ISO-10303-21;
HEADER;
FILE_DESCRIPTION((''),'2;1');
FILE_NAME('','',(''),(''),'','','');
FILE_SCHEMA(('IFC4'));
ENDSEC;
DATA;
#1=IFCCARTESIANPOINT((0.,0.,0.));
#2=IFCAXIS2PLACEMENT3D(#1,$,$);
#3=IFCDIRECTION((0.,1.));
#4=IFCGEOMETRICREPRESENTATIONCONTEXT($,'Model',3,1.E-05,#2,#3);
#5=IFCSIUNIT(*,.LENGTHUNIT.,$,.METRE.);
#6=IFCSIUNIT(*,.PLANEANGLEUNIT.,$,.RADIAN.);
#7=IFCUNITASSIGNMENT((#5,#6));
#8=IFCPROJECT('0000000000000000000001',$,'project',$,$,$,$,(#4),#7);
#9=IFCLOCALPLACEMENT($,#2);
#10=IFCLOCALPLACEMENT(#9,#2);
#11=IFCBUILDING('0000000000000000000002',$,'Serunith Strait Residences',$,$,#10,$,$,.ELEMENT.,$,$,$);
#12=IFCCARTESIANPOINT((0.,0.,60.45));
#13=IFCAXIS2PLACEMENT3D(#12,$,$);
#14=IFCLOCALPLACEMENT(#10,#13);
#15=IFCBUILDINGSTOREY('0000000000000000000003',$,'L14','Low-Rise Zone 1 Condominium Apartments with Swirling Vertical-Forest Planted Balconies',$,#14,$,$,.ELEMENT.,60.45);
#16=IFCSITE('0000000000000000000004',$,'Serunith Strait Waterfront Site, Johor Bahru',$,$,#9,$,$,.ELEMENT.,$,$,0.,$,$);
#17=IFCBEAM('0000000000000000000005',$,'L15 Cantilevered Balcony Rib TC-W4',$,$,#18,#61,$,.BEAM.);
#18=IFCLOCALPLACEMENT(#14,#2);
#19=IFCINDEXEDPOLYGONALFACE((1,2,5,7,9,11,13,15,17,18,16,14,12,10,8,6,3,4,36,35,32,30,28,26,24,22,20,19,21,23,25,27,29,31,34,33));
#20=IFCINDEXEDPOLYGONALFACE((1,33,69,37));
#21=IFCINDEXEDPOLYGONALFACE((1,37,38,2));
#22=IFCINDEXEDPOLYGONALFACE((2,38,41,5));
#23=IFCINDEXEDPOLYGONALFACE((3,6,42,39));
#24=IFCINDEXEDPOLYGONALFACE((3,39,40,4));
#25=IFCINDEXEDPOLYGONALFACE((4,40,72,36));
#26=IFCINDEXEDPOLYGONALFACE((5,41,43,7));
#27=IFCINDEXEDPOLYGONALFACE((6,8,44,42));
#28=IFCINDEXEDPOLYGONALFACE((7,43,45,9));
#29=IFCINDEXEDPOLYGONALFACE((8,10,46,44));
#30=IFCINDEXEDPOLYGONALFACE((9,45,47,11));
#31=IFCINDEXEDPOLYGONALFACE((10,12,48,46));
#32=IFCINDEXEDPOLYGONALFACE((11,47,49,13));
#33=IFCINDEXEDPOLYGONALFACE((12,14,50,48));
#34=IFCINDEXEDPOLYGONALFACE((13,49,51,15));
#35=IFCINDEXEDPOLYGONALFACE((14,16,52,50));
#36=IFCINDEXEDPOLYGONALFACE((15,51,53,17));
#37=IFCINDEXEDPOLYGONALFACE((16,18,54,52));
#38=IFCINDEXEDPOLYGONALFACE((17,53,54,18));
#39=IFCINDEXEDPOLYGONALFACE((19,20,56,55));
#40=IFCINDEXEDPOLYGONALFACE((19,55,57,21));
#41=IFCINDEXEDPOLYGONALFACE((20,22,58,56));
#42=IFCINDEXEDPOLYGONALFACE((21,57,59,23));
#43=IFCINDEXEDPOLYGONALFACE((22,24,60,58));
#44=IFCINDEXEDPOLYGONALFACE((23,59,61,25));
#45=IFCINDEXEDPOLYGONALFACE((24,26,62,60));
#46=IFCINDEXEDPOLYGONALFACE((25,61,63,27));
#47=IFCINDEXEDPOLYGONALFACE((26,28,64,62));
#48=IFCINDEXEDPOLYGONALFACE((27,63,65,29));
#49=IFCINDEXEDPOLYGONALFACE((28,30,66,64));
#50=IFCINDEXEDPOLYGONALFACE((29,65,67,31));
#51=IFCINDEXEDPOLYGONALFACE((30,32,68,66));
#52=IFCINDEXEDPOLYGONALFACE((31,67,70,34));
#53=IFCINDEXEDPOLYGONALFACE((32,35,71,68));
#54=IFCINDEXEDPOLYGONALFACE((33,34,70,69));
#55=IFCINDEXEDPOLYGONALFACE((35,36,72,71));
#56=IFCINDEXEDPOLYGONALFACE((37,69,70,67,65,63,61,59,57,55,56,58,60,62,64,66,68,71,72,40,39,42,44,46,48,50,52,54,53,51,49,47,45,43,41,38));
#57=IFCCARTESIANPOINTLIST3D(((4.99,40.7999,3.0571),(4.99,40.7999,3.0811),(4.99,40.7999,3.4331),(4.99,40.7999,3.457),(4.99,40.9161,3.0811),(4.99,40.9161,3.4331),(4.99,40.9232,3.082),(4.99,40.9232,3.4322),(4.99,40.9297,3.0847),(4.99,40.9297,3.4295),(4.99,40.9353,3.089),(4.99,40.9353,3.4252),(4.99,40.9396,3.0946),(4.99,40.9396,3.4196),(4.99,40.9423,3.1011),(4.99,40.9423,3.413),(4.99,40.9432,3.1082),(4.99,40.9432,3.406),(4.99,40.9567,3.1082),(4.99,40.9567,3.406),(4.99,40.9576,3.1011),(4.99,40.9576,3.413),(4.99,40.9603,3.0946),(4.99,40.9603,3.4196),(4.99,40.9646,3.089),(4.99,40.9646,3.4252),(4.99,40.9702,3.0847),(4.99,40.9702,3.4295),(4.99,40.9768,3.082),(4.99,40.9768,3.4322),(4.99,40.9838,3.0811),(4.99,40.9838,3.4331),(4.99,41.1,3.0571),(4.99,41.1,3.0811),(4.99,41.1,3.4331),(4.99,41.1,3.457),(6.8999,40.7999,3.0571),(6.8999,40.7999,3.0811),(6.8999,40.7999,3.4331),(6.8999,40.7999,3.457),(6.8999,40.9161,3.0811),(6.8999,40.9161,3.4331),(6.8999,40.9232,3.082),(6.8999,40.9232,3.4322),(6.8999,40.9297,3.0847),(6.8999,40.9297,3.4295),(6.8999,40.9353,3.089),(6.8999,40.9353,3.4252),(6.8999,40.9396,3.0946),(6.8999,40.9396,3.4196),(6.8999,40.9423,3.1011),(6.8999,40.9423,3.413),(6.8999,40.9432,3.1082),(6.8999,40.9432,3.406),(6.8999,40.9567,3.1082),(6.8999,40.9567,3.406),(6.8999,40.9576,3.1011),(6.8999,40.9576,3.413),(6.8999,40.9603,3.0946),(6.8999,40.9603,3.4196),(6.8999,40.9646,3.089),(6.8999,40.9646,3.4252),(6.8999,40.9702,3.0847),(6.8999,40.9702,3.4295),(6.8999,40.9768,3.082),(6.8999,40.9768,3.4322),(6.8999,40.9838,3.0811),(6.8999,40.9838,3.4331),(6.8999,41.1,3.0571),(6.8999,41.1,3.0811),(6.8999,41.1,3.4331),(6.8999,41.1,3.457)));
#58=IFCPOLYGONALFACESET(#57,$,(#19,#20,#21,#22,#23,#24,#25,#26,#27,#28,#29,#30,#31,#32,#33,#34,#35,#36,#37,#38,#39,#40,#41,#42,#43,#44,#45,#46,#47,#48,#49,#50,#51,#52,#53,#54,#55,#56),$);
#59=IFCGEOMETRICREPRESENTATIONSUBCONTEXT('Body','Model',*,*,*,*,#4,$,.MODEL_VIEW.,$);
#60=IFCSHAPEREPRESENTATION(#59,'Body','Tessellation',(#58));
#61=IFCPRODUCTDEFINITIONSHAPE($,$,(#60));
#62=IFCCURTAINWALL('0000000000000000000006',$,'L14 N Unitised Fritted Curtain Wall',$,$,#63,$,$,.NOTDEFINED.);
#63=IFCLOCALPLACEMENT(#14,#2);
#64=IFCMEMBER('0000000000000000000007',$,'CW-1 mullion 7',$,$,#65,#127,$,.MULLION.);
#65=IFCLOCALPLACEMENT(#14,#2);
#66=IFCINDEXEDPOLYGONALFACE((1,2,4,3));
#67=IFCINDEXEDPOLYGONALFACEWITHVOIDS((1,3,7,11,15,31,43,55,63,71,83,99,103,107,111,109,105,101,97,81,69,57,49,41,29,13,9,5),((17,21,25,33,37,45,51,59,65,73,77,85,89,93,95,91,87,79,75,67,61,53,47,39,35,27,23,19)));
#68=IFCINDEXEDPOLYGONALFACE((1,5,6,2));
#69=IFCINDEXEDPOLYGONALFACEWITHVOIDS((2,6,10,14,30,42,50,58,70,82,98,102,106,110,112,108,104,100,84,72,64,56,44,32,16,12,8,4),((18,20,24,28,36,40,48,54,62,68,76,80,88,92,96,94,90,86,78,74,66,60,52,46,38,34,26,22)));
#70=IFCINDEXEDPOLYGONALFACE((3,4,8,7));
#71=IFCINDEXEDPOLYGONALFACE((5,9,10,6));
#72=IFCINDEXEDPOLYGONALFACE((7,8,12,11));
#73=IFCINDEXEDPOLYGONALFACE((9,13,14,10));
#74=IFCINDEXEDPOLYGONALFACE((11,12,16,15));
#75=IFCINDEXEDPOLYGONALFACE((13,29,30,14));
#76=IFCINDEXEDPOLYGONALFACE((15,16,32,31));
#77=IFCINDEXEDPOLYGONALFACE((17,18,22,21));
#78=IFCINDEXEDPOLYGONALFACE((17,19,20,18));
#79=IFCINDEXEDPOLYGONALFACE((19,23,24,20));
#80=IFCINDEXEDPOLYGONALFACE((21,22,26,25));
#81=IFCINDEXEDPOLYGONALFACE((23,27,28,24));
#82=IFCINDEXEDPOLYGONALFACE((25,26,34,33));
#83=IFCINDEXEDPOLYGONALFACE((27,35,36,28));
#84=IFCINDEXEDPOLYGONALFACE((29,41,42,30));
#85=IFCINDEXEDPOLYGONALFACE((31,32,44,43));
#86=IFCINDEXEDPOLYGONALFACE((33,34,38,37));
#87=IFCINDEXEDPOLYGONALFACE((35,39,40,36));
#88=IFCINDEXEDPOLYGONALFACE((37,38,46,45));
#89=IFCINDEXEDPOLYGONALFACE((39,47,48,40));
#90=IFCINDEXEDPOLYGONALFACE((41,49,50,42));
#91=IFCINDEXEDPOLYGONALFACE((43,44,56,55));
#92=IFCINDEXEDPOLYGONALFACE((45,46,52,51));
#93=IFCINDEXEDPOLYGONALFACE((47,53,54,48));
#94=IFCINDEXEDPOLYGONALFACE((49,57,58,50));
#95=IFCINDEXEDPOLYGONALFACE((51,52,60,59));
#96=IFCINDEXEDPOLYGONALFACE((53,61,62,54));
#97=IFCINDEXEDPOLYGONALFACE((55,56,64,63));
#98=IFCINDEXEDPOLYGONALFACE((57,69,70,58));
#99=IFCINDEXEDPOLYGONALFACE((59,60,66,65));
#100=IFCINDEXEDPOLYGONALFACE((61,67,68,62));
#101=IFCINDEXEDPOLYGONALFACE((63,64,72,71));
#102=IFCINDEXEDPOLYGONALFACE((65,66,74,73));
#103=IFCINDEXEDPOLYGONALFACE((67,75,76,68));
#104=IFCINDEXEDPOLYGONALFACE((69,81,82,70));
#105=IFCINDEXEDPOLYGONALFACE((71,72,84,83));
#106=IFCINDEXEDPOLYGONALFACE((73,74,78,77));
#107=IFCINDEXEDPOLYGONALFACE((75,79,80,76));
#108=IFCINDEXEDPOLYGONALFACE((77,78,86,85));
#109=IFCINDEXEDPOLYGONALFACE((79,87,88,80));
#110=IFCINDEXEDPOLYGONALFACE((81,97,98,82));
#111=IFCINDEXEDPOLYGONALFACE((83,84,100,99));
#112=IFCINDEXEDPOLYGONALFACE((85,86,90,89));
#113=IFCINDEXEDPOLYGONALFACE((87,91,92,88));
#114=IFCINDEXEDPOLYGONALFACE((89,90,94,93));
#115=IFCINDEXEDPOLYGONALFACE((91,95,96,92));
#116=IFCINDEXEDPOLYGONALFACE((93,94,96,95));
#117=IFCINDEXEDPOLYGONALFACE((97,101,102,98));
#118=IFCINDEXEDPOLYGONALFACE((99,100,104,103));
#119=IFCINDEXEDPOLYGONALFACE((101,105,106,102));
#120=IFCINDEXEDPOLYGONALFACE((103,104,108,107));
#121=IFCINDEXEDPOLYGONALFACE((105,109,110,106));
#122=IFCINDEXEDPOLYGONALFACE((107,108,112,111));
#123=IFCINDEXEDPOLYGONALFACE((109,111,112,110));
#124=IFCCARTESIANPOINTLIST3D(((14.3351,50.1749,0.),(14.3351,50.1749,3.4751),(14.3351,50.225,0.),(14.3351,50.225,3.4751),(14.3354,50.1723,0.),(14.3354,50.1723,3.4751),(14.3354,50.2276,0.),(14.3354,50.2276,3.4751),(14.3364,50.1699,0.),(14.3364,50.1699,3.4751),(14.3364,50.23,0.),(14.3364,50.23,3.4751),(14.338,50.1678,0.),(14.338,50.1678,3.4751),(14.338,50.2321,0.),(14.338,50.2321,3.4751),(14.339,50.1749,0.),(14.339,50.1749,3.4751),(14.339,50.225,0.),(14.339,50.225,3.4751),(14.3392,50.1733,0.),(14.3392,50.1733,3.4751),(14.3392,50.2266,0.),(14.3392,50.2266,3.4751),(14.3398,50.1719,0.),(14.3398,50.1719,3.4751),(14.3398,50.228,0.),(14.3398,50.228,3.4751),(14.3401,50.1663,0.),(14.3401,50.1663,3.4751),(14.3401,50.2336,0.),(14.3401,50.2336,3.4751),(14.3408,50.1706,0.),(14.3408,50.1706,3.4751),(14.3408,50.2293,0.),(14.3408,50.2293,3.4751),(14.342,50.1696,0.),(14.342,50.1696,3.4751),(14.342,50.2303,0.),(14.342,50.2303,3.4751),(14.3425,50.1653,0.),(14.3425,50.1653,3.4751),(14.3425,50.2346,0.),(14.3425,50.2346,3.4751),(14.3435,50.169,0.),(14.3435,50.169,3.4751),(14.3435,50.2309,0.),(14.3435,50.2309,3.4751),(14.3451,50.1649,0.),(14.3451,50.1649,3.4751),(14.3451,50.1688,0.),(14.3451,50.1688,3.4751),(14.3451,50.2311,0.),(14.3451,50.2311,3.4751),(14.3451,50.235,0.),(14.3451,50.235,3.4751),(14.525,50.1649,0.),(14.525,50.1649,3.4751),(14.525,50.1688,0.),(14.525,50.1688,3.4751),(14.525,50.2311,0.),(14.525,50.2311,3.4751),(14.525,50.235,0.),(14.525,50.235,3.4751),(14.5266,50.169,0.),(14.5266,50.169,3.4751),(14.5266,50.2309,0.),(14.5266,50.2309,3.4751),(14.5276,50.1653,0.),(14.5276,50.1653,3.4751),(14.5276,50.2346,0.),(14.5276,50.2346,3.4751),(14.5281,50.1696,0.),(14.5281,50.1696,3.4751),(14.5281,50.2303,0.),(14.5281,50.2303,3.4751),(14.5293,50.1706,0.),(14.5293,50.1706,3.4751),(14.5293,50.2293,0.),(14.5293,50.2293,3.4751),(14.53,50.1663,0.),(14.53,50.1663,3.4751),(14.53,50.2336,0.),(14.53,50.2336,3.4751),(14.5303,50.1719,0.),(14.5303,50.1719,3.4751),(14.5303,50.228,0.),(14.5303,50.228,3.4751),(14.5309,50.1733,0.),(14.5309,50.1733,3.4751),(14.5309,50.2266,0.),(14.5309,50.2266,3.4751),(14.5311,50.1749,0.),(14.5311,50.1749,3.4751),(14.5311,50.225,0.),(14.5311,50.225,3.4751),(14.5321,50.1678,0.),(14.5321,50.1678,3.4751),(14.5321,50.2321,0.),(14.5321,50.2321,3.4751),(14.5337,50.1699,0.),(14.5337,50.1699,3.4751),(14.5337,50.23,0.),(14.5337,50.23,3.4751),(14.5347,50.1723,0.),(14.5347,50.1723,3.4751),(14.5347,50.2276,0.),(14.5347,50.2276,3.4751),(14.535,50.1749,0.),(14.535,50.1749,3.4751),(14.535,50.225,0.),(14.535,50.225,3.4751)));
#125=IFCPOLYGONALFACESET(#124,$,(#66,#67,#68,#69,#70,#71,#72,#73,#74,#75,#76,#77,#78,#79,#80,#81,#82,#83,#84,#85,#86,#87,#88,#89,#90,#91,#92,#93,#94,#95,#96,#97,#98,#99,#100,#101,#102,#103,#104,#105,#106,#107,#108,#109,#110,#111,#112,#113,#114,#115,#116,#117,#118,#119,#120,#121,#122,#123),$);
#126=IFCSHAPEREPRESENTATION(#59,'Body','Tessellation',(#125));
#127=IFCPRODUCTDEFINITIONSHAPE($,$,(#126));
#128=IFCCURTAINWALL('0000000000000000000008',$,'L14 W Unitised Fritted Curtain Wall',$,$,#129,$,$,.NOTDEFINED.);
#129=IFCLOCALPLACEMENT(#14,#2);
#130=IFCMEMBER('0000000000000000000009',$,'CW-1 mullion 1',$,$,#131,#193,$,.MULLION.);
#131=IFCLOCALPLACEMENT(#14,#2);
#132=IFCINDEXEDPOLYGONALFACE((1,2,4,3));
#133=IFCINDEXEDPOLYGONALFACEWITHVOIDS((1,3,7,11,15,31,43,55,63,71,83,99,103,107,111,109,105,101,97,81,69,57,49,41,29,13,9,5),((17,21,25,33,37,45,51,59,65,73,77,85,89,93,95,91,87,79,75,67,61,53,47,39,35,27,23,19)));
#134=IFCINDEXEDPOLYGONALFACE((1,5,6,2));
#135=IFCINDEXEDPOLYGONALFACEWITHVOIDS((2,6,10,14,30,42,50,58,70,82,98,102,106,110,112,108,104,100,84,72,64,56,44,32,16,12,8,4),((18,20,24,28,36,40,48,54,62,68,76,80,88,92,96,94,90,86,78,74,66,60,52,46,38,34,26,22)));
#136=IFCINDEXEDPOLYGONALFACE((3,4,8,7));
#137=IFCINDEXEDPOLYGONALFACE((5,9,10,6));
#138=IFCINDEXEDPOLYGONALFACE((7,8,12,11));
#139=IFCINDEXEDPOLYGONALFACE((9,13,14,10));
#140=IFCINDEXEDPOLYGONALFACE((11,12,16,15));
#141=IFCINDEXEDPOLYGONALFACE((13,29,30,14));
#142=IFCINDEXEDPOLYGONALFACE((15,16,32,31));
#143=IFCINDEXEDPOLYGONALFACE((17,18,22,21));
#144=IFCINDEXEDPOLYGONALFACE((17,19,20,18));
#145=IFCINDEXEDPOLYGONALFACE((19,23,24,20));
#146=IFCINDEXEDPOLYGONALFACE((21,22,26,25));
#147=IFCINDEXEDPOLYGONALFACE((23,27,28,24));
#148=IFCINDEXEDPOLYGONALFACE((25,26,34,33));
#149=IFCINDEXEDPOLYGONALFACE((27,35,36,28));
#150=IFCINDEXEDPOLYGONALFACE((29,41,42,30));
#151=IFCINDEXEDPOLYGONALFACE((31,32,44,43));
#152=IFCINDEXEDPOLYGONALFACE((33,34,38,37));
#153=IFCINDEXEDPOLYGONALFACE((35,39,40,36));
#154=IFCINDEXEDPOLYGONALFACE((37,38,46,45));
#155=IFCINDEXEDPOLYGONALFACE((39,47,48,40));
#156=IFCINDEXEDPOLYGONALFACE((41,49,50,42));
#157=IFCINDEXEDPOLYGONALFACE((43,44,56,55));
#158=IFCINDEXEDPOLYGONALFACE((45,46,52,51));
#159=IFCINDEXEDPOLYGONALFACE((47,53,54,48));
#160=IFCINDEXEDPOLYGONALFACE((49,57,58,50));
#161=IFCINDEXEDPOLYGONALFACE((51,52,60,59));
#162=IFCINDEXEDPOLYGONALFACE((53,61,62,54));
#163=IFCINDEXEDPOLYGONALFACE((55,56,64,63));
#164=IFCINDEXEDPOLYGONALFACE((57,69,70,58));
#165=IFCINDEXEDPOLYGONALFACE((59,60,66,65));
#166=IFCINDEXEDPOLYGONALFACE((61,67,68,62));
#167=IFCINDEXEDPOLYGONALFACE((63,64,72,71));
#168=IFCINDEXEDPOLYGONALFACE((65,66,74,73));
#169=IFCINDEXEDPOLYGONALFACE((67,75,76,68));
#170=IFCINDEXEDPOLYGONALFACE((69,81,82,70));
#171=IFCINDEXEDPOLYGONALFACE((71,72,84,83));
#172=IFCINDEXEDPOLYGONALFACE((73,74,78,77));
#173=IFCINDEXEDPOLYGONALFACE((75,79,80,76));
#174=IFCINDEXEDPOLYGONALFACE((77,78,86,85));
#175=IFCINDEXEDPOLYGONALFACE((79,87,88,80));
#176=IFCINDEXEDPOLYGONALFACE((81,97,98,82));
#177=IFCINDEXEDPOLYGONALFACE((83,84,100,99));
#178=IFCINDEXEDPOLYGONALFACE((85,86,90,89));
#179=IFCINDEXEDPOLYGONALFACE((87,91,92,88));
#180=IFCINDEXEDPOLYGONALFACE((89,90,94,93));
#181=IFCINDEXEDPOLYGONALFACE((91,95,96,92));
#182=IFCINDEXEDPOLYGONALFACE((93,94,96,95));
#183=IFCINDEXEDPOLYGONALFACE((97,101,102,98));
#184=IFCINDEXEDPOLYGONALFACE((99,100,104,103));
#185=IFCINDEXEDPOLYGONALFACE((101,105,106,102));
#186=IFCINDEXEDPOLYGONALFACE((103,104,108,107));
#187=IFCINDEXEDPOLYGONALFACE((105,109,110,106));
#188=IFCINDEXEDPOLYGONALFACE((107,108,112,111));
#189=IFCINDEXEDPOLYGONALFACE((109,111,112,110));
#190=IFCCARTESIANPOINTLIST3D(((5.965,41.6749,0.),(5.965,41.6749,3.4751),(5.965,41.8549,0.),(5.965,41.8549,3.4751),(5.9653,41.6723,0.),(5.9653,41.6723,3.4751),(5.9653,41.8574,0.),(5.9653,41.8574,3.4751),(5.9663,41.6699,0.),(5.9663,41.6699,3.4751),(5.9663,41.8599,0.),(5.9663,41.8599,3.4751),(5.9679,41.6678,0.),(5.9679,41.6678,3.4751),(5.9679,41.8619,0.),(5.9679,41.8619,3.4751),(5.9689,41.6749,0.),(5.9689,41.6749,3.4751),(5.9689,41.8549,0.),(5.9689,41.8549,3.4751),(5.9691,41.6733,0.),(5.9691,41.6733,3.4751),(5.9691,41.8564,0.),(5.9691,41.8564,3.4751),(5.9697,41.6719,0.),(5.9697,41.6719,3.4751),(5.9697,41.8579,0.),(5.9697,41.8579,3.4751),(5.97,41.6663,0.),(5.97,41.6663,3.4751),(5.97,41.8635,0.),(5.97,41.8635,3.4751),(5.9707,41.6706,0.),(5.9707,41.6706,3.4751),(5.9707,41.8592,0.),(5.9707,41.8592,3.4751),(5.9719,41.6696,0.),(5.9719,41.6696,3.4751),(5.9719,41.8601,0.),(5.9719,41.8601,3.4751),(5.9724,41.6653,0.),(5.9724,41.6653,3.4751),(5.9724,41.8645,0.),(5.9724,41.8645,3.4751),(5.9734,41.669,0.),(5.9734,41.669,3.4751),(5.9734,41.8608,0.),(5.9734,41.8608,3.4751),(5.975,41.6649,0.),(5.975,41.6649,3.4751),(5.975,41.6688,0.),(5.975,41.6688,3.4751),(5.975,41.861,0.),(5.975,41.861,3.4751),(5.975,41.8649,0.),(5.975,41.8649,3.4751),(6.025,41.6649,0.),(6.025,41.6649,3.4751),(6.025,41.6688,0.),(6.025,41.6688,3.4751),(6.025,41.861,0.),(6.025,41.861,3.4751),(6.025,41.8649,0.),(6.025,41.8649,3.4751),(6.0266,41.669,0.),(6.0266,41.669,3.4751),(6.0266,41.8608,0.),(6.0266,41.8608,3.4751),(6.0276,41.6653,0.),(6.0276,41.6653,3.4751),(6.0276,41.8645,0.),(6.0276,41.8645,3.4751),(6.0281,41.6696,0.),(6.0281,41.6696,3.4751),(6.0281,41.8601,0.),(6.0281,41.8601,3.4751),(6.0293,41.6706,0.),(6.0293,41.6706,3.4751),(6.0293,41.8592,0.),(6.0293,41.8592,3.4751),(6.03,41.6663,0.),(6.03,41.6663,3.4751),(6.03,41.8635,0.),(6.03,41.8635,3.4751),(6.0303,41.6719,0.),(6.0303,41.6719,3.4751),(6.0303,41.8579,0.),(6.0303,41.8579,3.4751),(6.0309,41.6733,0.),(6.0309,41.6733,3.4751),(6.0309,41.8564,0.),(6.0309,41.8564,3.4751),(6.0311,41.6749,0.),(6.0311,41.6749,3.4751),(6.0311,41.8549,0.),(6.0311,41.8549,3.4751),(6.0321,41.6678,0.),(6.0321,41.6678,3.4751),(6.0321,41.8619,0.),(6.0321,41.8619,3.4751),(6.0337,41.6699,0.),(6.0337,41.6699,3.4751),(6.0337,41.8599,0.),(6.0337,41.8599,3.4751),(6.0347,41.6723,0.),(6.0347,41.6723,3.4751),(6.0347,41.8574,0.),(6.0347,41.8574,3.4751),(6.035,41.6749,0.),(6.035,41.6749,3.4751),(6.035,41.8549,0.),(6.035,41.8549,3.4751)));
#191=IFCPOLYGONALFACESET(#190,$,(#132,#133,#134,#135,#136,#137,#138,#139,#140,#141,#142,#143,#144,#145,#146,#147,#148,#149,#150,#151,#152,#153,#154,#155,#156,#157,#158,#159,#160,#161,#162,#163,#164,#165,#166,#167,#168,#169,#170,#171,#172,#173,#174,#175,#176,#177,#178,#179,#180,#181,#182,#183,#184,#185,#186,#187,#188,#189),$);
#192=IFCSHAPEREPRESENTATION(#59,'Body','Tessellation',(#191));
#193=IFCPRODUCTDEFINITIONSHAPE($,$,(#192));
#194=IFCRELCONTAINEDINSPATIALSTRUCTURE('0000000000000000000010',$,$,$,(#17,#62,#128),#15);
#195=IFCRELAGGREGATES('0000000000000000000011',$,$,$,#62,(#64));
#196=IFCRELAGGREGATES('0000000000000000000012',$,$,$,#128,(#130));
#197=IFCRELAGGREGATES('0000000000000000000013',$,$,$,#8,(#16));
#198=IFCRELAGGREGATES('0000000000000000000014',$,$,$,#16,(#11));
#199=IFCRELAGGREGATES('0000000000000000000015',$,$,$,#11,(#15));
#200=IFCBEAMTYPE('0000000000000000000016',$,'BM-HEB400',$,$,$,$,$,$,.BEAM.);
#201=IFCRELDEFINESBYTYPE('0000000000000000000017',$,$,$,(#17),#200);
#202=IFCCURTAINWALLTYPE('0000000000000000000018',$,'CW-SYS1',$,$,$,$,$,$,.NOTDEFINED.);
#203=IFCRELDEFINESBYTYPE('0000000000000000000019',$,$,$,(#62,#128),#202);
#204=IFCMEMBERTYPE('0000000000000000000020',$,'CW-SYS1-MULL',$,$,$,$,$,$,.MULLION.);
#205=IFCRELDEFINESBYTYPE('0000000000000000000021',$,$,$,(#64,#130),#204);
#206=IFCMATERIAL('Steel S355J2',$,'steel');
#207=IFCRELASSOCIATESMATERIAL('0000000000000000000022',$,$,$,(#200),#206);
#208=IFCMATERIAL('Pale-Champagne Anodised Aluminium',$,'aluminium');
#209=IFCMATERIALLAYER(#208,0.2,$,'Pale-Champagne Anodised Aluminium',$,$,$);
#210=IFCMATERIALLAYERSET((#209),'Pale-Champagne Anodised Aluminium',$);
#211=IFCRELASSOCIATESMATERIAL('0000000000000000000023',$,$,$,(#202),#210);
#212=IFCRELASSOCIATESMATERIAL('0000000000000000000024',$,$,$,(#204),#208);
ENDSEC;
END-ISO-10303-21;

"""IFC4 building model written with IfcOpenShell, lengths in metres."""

from ifc_helpers import new_model, si_unit, direction, frame, origin, origin_2d, place, context, subcontext, project, spatial, hollow_rectangle, i_section, extrude, source, transform, mapped, material, layer, layer_set, material_profile, profile_set, type_object, element, aggregate, save


model = new_model("IFC4")

# Units and contexts
model_context = context("Model", 3, precision=1e-05, world=origin(), true_north=direction((0.0, 1.0)))
body_context = subcontext(model_context, "Body", "Model", "MODEL_VIEW")
ifc_project = project(units=[si_unit("LENGTHUNIT", "METRE"), si_unit("PLANEANGLEUNIT", "RADIAN")], contexts=[model_context])

# Site, building, storey
site_placement = place(None, origin())
site = spatial("IfcSite", under=ifc_project, at=site_placement, Name="Serunith Strait Waterfront Site, Johor Bahru", CompositionType="ELEMENT", RefElevation=0.0)
building_placement = place(site_placement, origin())
building = spatial("IfcBuilding", under=site, at=building_placement, Name="Serunith Strait Residences", CompositionType="ELEMENT")
storey_placement = place(building_placement, frame((0.0, 0.0, 60.45)))
storey = spatial("IfcBuildingStorey", under=building, at=storey_placement, Name="L14", Description="Low-Rise Zone 1 Condominium Apartments with Swirling Vertical-Forest Planted Balconies", CompositionType="ELEMENT", Elevation=60.45)

# Beam
ifc_material_1 = material(Name="Steel S355J2", Category="steel")
ifc_material_profile_1 = material_profile(ifc_material_1, i_section(OverallWidth=0.3, OverallDepth=0.3999, WebThickness=0.0134, FlangeThickness=0.0239, FilletRadius=0.0271, at=origin_2d()), Name="HEB 400")
ifc_profile_set_1 = profile_set([ifc_material_profile_1], Name="Steel S355J2")
beam_type_1 = type_object("IfcBeamType", Name="BM-HEB400", PredefinedType="BEAM", material=ifc_profile_set_1)
shared_shape_1 = source(origin(), body_context, "Body", "SweptSolid", [
    extrude(i_section(OverallWidth=0.3, OverallDepth=0.3999, WebThickness=0.0134, FlangeThickness=0.0239, FilletRadius=0.0271, at=origin_2d()), origin(), (0.0, 0.0, 1.0), 1.9099),
])
for number, where, z_axis, x_axis, name in (
    (1, (6.8999, 40.95, 3.2571), (-1.0, 0.0, 0.0), (0.0, -1.0, 0.0), "L15 Cantilevered Balcony Rib TC-W4"),
):
    element("IfcBeam", number, at=place(storey_placement, frame(where, z_axis=z_axis, x_axis=x_axis)), inside=storey, type_object=beam_type_1, Name=name, PredefinedType="BEAM", context=body_context, shape_type="MappedRepresentation", body=[
        mapped(shared_shape_1, transform((0.0, 0.0, 0.0), scale=1.0)),
    ])

# Curtain wall, member
ifc_material_2 = material(Name="Pale-Champagne Anodised Aluminium", Category="aluminium")
ifc_layer_1 = layer(ifc_material_2, 0.2, Name="Pale-Champagne Anodised Aluminium")
ifc_layer_set_1 = layer_set([ifc_layer_1], Name="Pale-Champagne Anodised Aluminium")
curtain_wall_type = type_object("IfcCurtainWallType", Name="CW-SYS1", PredefinedType="NOTDEFINED", material=ifc_layer_set_1)
curtain_wall_1_placement = place(storey_placement, origin())
curtain_wall_1 = element("IfcCurtainWall", 2, at=curtain_wall_1_placement, inside=storey, type_object=curtain_wall_type, Name="L14 N Unitised Fritted Curtain Wall", PredefinedType="NOTDEFINED")
ifc_material_profile_2 = material_profile(ifc_material_2, hollow_rectangle(XDim=0.0701, YDim=0.2, WallThickness=0.0039, InnerFilletRadius=0.0061, OuterFilletRadius=0.01, at=origin_2d()), Name="ALU 200x70x4")
ifc_profile_set_2 = profile_set([ifc_material_profile_2], Name="Pale-Champagne Anodised Aluminium")
member_type_1 = type_object("IfcMemberType", Name="CW-SYS1-MULL", PredefinedType="MULLION", material=ifc_profile_set_2)
shared_shape_2 = source(origin(), body_context, "Body", "SweptSolid", [
    extrude(hollow_rectangle(XDim=0.0701, YDim=0.2, WallThickness=0.0039, InnerFilletRadius=0.0061, OuterFilletRadius=0.01, at=origin_2d()), origin(), (0.0, 0.0, 1.0), 3.4751),
])
member_1_placement = place(storey_placement, frame((14.4351, 50.2, 0.0), z_axis=(0.0, 0.0, 1.0), x_axis=(0.0, -1.0, 0.0)))
member_1 = element("IfcMember", 3, at=member_1_placement, type_object=member_type_1, Name="CW-1 mullion 7", PredefinedType="MULLION", context=body_context, shape_type="MappedRepresentation", body=[
    mapped(shared_shape_2, transform((0.0, 0.0, 0.0), scale=1.0)),
])

# Curtain wall, member
curtain_wall_2_placement = place(storey_placement, origin())
curtain_wall_2 = element("IfcCurtainWall", 4, at=curtain_wall_2_placement, inside=storey, type_object=curtain_wall_type, Name="L14 W Unitised Fritted Curtain Wall", PredefinedType="NOTDEFINED")
member_2_placement = place(storey_placement, frame((6.0, 41.7649, 0.0), z_axis=(0.0, 0.0, 1.0), x_axis=(1.0, 0.0, 0.0)))
member_2 = element("IfcMember", 5, at=member_2_placement, type_object=member_type_1, Name="CW-1 mullion 1", PredefinedType="MULLION", context=body_context, shape_type="MappedRepresentation", body=[
    mapped(shared_shape_2, transform((0.0, 0.0, 0.0), scale=1.0)),
])

aggregate(curtain_wall_1, [member_1])
aggregate(curtain_wall_2, [member_2])

save(model, "model.ifc")
